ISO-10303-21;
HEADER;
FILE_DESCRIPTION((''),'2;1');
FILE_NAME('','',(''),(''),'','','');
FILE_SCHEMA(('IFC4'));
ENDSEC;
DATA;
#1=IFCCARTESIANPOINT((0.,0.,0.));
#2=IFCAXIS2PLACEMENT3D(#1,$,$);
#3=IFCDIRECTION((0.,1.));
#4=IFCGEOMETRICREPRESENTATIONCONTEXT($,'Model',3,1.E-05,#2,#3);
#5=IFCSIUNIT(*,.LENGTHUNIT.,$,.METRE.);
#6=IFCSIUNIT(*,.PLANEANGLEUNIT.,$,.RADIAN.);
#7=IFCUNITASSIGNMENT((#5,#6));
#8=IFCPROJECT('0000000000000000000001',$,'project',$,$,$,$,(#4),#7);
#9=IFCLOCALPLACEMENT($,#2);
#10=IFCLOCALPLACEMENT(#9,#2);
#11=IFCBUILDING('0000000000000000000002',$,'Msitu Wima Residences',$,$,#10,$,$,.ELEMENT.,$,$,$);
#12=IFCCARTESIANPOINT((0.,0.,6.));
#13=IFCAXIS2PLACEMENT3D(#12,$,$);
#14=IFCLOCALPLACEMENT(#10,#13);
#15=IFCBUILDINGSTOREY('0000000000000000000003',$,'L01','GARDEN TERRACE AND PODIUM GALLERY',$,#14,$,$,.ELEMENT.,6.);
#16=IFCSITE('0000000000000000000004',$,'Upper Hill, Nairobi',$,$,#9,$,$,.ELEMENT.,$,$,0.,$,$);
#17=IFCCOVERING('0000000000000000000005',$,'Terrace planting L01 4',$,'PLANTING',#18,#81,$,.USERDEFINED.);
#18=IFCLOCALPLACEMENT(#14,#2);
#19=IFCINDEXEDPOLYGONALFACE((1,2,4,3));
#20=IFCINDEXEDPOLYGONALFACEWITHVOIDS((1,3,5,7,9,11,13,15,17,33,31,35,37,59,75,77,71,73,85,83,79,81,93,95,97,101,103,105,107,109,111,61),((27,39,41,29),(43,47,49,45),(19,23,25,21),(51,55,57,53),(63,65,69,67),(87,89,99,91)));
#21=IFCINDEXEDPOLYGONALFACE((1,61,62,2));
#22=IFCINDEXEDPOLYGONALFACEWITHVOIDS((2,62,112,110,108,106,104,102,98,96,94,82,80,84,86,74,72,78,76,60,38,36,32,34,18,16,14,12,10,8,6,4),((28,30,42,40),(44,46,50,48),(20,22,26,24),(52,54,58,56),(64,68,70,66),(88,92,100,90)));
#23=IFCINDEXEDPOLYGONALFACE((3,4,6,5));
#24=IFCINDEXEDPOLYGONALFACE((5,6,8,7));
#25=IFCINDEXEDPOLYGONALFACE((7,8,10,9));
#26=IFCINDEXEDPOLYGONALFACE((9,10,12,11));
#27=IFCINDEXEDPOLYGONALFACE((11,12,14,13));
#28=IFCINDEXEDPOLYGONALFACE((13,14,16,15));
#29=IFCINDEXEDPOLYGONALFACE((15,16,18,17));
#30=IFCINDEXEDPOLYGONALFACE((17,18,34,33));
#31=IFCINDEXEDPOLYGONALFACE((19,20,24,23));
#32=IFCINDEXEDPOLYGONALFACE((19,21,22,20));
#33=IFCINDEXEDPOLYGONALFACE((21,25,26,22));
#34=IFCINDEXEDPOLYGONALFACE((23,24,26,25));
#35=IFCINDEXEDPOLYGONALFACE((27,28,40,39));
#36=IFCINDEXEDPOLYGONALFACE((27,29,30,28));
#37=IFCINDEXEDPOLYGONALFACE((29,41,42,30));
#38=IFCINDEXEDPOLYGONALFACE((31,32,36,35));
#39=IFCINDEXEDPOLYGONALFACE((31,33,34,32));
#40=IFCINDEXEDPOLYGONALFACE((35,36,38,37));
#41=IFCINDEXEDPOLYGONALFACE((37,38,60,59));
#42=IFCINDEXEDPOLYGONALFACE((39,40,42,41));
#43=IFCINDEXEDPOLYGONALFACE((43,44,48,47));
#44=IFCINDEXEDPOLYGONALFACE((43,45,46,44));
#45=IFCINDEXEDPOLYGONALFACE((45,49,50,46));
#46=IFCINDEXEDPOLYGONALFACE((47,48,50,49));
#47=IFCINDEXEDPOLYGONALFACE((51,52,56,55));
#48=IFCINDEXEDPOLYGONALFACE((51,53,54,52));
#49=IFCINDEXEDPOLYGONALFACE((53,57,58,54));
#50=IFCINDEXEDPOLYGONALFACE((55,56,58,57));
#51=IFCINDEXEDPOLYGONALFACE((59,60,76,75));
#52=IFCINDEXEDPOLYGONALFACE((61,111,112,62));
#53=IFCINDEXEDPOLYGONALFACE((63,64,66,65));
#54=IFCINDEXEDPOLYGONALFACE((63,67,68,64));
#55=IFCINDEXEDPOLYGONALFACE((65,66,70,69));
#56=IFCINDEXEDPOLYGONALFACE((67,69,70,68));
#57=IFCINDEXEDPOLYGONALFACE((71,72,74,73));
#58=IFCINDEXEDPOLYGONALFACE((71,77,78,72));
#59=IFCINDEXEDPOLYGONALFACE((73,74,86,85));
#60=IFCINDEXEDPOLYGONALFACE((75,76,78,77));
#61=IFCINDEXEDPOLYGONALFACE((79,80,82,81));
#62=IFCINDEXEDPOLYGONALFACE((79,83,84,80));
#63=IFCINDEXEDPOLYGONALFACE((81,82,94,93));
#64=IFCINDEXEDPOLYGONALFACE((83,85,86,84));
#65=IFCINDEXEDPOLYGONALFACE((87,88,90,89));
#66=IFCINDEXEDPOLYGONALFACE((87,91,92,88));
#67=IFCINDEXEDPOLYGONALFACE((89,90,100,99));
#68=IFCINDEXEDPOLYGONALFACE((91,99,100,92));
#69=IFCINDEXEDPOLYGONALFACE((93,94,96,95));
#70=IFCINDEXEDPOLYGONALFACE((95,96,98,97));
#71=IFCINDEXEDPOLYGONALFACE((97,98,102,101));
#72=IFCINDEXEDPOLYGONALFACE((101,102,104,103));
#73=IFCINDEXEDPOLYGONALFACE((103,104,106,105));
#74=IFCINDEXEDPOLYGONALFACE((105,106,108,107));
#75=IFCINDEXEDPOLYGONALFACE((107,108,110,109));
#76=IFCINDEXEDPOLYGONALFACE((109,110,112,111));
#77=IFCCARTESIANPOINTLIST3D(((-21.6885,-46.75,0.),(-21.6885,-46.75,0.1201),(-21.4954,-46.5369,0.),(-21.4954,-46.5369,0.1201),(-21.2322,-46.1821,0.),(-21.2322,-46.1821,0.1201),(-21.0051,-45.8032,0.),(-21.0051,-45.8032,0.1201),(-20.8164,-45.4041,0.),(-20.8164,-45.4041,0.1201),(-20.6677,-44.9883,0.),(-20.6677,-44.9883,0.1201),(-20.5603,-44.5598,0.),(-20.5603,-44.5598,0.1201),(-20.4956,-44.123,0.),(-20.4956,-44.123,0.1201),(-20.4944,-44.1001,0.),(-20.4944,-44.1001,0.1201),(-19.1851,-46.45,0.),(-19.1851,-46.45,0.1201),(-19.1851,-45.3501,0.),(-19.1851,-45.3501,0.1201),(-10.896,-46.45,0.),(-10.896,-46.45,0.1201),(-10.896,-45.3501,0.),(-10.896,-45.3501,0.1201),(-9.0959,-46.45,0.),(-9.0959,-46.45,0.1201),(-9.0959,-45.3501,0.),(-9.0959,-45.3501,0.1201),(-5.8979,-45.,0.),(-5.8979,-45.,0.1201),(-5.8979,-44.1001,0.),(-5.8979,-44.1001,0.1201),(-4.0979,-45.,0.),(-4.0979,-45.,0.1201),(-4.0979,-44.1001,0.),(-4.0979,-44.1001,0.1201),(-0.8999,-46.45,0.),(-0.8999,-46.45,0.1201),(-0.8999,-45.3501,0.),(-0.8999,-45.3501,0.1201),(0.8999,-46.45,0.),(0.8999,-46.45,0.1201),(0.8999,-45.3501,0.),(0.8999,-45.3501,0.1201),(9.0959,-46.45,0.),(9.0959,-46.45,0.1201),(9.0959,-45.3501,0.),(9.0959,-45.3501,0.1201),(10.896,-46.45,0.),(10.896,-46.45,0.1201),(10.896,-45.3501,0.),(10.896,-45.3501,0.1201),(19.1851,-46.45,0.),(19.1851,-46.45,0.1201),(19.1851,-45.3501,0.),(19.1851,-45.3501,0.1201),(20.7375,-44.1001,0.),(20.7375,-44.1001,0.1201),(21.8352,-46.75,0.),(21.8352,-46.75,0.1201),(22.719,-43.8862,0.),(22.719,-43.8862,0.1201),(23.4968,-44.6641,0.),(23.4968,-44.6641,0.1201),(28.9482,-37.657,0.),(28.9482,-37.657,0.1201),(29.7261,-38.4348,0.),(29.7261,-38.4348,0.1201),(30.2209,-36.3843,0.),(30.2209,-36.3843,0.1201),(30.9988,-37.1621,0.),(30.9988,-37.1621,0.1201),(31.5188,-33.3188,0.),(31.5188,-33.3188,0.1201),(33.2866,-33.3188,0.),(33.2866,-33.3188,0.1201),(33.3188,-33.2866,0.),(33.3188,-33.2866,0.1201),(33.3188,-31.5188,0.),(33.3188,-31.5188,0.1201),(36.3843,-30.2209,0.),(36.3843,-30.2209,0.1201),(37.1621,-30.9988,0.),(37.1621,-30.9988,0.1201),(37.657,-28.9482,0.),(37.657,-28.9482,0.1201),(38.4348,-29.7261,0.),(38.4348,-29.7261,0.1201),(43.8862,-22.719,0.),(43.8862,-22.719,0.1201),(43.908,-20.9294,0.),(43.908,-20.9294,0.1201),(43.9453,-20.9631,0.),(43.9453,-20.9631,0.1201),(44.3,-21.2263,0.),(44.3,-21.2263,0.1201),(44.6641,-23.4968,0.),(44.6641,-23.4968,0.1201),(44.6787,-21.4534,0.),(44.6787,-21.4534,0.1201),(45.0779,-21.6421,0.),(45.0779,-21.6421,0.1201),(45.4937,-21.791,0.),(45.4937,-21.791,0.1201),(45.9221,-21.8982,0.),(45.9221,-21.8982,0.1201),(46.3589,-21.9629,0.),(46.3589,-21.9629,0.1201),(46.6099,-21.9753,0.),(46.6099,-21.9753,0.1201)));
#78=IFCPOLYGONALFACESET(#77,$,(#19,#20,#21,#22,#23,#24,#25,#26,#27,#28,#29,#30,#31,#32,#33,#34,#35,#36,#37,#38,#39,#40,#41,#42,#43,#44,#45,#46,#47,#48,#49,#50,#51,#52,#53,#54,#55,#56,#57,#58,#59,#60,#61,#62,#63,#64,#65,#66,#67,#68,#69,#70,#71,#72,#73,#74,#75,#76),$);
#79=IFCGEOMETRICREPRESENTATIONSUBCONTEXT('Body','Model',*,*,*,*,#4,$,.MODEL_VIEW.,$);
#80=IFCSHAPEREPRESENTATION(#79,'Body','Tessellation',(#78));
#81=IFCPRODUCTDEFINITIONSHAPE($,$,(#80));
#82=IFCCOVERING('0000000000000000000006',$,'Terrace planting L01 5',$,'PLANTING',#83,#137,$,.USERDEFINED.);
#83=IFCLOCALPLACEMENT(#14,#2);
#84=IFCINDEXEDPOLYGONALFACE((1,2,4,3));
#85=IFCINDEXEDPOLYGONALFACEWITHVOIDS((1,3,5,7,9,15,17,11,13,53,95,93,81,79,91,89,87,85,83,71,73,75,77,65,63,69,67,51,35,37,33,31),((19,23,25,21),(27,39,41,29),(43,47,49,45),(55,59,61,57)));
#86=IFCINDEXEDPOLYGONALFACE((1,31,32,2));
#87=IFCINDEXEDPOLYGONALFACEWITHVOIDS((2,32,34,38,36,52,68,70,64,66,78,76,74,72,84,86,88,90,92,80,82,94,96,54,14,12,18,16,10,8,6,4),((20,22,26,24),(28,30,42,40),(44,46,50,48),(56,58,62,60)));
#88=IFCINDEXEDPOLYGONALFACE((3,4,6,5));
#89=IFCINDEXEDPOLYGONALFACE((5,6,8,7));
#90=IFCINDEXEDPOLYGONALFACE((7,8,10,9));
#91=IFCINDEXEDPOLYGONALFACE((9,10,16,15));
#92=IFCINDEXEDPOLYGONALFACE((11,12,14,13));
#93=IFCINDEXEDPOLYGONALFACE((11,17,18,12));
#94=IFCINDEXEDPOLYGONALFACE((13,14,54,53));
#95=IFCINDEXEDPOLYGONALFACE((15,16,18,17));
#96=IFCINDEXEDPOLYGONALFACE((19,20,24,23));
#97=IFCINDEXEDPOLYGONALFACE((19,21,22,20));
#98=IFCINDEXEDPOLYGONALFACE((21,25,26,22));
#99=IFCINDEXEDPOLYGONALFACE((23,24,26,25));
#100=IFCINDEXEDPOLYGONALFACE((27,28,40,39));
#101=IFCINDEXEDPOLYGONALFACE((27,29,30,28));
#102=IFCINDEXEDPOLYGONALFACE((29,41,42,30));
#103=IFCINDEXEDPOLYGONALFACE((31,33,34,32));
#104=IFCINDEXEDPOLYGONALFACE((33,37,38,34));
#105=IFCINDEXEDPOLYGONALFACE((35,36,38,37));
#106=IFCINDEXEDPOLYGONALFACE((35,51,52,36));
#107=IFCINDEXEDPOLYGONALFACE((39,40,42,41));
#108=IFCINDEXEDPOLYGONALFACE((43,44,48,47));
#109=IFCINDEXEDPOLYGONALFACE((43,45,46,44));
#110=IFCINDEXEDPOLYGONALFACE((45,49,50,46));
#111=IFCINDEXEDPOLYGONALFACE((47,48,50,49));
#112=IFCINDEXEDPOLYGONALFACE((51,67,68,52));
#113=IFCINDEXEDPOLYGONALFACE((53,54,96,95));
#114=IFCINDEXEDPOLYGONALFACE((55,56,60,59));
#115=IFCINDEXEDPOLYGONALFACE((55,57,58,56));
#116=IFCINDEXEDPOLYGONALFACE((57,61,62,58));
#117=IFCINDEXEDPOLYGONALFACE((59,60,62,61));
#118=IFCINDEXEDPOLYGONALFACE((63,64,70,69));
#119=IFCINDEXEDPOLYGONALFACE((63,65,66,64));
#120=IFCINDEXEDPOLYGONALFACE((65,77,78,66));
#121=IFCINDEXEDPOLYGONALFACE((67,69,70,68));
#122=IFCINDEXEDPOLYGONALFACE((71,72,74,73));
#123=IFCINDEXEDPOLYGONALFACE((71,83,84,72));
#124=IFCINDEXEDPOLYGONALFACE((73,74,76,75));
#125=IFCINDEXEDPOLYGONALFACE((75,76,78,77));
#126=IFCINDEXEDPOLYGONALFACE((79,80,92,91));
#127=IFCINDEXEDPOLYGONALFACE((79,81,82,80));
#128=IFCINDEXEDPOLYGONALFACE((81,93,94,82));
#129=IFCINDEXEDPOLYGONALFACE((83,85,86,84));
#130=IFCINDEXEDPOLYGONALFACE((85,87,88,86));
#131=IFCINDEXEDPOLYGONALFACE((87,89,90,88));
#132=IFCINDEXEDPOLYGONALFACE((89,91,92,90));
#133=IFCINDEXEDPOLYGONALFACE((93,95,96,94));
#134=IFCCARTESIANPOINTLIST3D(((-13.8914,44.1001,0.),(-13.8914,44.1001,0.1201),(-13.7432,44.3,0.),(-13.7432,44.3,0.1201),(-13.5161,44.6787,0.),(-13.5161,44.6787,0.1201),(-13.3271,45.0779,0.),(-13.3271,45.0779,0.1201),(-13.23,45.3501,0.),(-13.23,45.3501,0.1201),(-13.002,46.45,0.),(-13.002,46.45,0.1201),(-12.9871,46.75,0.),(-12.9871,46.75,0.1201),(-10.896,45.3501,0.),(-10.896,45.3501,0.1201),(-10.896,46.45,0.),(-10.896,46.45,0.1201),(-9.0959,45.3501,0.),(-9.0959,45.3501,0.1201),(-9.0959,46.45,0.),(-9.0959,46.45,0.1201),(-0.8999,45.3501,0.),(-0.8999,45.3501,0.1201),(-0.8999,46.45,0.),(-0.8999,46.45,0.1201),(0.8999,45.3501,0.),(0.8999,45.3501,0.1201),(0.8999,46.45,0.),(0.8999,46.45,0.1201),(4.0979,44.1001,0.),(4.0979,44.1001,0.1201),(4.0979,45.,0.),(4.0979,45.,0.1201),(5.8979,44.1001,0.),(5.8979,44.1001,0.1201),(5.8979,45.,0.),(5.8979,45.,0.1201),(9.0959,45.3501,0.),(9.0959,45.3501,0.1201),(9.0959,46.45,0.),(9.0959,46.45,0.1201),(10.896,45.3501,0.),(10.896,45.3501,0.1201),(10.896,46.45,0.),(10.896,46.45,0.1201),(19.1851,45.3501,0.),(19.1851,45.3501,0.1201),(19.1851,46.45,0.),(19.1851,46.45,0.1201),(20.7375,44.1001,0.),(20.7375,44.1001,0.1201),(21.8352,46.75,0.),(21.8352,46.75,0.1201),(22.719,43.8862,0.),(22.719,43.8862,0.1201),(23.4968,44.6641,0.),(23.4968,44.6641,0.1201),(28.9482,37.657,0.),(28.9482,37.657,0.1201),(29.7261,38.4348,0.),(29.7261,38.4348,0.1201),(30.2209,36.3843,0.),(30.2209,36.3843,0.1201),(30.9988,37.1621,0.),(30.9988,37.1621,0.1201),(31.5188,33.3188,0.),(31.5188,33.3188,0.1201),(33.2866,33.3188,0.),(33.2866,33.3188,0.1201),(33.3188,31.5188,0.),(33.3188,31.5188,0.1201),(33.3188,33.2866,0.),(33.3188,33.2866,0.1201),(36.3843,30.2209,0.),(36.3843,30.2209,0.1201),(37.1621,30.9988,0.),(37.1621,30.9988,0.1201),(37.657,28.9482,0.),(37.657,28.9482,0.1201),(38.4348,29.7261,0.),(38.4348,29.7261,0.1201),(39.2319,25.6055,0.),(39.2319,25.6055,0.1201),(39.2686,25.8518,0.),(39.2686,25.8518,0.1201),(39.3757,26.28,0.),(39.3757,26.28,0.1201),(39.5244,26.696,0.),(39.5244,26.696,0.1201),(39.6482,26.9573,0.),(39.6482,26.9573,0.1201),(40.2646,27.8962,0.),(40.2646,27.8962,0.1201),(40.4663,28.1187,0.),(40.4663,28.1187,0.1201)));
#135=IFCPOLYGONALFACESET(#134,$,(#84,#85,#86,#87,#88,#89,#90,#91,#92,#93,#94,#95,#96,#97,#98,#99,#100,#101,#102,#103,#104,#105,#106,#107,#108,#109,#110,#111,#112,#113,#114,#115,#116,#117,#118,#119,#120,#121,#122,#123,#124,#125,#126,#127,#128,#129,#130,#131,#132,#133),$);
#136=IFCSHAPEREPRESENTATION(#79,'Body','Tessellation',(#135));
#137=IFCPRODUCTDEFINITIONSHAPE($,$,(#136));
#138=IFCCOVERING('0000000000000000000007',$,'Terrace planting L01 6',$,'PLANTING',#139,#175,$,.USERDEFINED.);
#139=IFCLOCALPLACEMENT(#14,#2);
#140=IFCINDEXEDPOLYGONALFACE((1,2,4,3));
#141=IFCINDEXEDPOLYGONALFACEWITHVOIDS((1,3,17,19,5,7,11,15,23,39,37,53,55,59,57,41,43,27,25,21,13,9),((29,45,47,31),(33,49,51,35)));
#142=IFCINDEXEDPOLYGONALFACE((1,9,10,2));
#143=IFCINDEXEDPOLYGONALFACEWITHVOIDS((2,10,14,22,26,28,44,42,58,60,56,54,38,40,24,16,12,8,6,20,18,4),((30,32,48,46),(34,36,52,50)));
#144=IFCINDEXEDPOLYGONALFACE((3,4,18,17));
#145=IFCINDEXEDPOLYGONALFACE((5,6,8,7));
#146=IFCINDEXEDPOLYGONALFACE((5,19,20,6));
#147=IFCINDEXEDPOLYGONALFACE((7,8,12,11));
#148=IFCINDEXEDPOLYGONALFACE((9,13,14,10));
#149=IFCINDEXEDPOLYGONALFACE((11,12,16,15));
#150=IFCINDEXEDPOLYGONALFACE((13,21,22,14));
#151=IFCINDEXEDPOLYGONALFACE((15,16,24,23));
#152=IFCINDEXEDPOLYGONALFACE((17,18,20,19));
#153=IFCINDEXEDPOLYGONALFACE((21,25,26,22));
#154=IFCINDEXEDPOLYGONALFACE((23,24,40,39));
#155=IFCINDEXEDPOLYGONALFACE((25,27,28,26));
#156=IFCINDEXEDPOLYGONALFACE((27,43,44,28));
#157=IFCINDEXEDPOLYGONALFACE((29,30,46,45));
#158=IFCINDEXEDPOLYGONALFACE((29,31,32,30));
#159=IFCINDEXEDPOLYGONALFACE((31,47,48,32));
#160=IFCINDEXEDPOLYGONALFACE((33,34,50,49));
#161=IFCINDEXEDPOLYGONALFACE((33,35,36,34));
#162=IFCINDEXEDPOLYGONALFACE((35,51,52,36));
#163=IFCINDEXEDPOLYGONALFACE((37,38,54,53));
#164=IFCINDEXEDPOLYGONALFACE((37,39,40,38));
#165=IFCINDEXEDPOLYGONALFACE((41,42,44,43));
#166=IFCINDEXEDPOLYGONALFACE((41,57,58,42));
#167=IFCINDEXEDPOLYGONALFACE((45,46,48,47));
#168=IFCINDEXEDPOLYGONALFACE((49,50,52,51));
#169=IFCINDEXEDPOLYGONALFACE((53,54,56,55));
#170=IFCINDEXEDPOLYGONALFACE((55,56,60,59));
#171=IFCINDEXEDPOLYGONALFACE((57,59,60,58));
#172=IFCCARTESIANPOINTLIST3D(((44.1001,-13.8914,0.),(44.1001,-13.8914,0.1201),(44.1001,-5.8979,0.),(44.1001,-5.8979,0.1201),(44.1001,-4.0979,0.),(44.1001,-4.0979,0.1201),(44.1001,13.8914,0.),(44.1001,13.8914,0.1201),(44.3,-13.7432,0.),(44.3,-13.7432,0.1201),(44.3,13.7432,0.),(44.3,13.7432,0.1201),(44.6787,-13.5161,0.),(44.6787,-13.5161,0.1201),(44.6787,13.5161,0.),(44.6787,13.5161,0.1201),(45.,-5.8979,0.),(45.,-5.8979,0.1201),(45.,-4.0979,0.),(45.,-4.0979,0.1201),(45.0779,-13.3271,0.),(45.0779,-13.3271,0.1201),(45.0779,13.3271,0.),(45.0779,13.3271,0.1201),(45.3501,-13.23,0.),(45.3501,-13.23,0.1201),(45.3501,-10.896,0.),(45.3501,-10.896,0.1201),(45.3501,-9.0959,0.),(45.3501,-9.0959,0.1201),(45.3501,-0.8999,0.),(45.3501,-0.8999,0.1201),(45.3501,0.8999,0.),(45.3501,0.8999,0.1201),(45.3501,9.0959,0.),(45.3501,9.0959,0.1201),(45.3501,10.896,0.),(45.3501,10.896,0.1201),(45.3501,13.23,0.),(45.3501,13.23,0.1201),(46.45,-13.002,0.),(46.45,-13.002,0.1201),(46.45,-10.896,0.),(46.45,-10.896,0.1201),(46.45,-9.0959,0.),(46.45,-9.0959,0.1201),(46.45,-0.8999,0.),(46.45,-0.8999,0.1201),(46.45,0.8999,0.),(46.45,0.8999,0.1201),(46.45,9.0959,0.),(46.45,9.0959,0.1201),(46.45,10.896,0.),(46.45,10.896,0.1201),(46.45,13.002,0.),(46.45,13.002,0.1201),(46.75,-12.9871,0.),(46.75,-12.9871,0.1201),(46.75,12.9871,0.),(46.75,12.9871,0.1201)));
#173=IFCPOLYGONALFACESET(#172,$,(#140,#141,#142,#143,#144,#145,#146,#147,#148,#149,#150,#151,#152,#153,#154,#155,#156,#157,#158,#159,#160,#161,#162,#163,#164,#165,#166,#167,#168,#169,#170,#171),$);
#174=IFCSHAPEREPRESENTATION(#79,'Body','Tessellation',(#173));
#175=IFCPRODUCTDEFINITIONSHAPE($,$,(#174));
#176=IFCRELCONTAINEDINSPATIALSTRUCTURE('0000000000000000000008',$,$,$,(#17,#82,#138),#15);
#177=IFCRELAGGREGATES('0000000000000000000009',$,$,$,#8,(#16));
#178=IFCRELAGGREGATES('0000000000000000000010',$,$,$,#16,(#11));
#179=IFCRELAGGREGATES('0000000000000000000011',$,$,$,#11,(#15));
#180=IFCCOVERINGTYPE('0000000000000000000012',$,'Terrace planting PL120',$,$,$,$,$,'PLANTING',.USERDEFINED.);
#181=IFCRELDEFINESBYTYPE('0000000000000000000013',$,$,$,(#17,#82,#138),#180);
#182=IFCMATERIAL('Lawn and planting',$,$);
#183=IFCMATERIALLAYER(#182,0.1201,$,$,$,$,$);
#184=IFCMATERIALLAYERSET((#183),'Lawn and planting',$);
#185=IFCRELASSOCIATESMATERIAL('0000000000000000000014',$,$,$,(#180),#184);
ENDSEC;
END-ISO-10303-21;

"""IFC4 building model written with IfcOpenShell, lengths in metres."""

from ifc_helpers import new_model, si_unit, direction, frame, origin, place, context, subcontext, project, spatial, polyline, outline, extrude, material, layer, layer_set, type_object, element, save


model = new_model("IFC4")

# Units and contexts
model_context = context("Model", 3, precision=1e-05, world=origin(), true_north=direction((0.0, 1.0)))
body_context = subcontext(model_context, "Body", "Model", "MODEL_VIEW")
ifc_project = project(units=[si_unit("LENGTHUNIT", "METRE"), si_unit("PLANEANGLEUNIT", "RADIAN")], contexts=[model_context])

# Site, building, storey
site_placement = place(None, origin())
site = spatial("IfcSite", under=ifc_project, at=site_placement, Name="Upper Hill, Nairobi", CompositionType="ELEMENT", RefElevation=0.0)
building_placement = place(site_placement, origin())
building = spatial("IfcBuilding", under=site, at=building_placement, Name="Msitu Wima Residences", CompositionType="ELEMENT")
storey_placement = place(building_placement, frame((0.0, 0.0, 6.0)))
storey = spatial("IfcBuildingStorey", under=building, at=storey_placement, Name="L01", Description="GARDEN TERRACE AND PODIUM GALLERY", CompositionType="ELEMENT", Elevation=6.0)

# Coverings
ifc_material_1 = material(Name="Lawn and planting")
ifc_layer_1 = layer(ifc_material_1, 0.1201)
ifc_layer_set_1 = layer_set([ifc_layer_1], Name="Lawn and planting")
covering_type = type_object("IfcCoveringType", Name="Terrace planting PL120", ElementType="PLANTING", PredefinedType="USERDEFINED", material=ifc_layer_set_1)
covering_1_placement = place(storey_placement, origin())
element("IfcCovering", 1, at=covering_1_placement, inside=storey, type_object=covering_type, Name="Terrace planting L01 4", ObjectType="PLANTING", PredefinedType="USERDEFINED", context=body_context, shape_type="SweptSolid", body=[
    extrude(outline(polyline([(-21.6885, -46.75), (-21.4954, -46.5369), (-21.2322, -46.1821), (-21.0051, -45.8032), (-20.8164, -45.4041), (-20.6677, -44.9883), (-20.5603, -44.5598), (-20.4956, -44.123), (-20.4944, -44.1001), (-5.8979, -44.1001), (-5.8979, -45.0), (-4.0979, -45.0), (-4.0979, -44.1001), (20.7375, -44.1001), (31.5188, -33.3188), (31.5188, -33.3188), (33.2866, -33.3188), (30.2209, -36.3843), (30.9988, -37.1621), (37.1621, -30.9988), (36.3843, -30.2209), (33.3188, -33.2866), (33.3188, -31.5188), (33.3188, -31.5188), (43.908, -20.9294), (43.9453, -20.9631), (44.3, -21.2263), (44.6787, -21.4534), (45.0779, -21.6421), (45.4937, -21.791), (45.9221, -21.8982), (46.3589, -21.9629), (46.6099, -21.9753), (21.8352, -46.75), (-21.6885, -46.75)]), holes=[polyline([(-10.896, -46.45), (-10.896, -45.3501), (-19.1851, -45.3501), (-19.1851, -46.45), (-10.896, -46.45)]), polyline([(-0.8999, -45.3501), (-9.0959, -45.3501), (-9.0959, -46.45), (-0.8999, -46.45), (-0.8999, -45.3501)]), polyline([(9.0959, -46.45), (9.0959, -45.3501), (0.8999, -45.3501), (0.8999, -46.45), (9.0959, -46.45)]), polyline([(19.1851, -46.45), (19.1851, -45.3501), (10.896, -45.3501), (10.896, -46.45), (19.1851, -46.45)]), polyline([(29.7261, -38.4348), (28.9482, -37.657), (22.719, -43.8862), (23.4968, -44.6641), (29.7261, -38.4348)]), polyline([(44.6641, -23.4968), (43.8862, -22.719), (37.657, -28.9482), (38.4348, -29.7261), (44.6641, -23.4968)])]), origin(), (0.0, 0.0, 1.0), 0.1201),
])
covering_2_placement = place(storey_placement, origin())
element("IfcCovering", 2, at=covering_2_placement, inside=storey, type_object=covering_type, Name="Terrace planting L01 5", ObjectType="PLANTING", PredefinedType="USERDEFINED", context=body_context, shape_type="SweptSolid", body=[
    extrude(outline(polyline([(21.8352, 46.75), (40.4663, 28.1187), (40.2646, 27.8962), (38.4348, 29.7261), (37.657, 28.9482), (39.6482, 26.9573), (39.5244, 26.696), (39.3757, 26.28), (39.2686, 25.8518), (39.2319, 25.6055), (33.3188, 31.5188), (33.3188, 31.5188), (33.3188, 33.2866), (36.3843, 30.2209), (37.1621, 30.9988), (30.9988, 37.1621), (30.2209, 36.3843), (33.2866, 33.3188), (31.5188, 33.3188), (31.5188, 33.3188), (20.7375, 44.1001), (5.8979, 44.1001), (5.8979, 45.0), (4.0979, 45.0), (4.0979, 44.1001), (-13.8914, 44.1001), (-13.7432, 44.3), (-13.5161, 44.6787), (-13.3271, 45.0779), (-13.23, 45.3501), (-10.896, 45.3501), (-10.896, 46.45), (-13.002, 46.45), (-12.9871, 46.75), (21.8352, 46.75)]), holes=[polyline([(22.719, 43.8862), (28.9482, 37.657), (29.7261, 38.4348), (23.4968, 44.6641), (22.719, 43.8862)]), polyline([(-9.0959, 46.45), (-9.0959, 45.3501), (-0.8999, 45.3501), (-0.8999, 46.45), (-9.0959, 46.45)]), polyline([(0.8999, 45.3501), (9.0959, 45.3501), (9.0959, 46.45), (0.8999, 46.45), (0.8999, 45.3501)]), polyline([(10.896, 46.45), (10.896, 45.3501), (19.1851, 45.3501), (19.1851, 46.45), (10.896, 46.45)])]), origin(), (0.0, 0.0, 1.0), 0.1201),
])
covering_3_placement = place(storey_placement, origin())
element("IfcCovering", 3, at=covering_3_placement, inside=storey, type_object=covering_type, Name="Terrace planting L01 6", ObjectType="PLANTING", PredefinedType="USERDEFINED", context=body_context, shape_type="SweptSolid", body=[
    extrude(outline(polyline([(46.75, -12.9871), (46.45, -13.002), (46.45, -10.896), (45.3501, -10.896), (45.3501, -13.23), (45.0779, -13.3271), (44.6787, -13.5161), (44.3, -13.7432), (44.1001, -13.8914), (44.1001, -5.8979), (45.0, -5.8979), (45.0, -4.0979), (44.1001, -4.0979), (44.1001, 13.8914), (44.3, 13.7432), (44.6787, 13.5161), (45.0779, 13.3271), (45.3501, 13.23), (45.3501, 10.896), (46.45, 10.896), (46.45, 13.002), (46.75, 12.9871), (46.75, -12.9871)]), holes=[polyline([(45.3501, -0.8999), (45.3501, -9.0959), (46.45, -9.0959), (46.45, -0.8999), (45.3501, -0.8999)]), polyline([(46.45, 9.0959), (45.3501, 9.0959), (45.3501, 0.8999), (46.45, 0.8999), (46.45, 9.0959)])]), origin(), (0.0, 0.0, 1.0), 0.1201),
])

save(model, "model.ifc")
